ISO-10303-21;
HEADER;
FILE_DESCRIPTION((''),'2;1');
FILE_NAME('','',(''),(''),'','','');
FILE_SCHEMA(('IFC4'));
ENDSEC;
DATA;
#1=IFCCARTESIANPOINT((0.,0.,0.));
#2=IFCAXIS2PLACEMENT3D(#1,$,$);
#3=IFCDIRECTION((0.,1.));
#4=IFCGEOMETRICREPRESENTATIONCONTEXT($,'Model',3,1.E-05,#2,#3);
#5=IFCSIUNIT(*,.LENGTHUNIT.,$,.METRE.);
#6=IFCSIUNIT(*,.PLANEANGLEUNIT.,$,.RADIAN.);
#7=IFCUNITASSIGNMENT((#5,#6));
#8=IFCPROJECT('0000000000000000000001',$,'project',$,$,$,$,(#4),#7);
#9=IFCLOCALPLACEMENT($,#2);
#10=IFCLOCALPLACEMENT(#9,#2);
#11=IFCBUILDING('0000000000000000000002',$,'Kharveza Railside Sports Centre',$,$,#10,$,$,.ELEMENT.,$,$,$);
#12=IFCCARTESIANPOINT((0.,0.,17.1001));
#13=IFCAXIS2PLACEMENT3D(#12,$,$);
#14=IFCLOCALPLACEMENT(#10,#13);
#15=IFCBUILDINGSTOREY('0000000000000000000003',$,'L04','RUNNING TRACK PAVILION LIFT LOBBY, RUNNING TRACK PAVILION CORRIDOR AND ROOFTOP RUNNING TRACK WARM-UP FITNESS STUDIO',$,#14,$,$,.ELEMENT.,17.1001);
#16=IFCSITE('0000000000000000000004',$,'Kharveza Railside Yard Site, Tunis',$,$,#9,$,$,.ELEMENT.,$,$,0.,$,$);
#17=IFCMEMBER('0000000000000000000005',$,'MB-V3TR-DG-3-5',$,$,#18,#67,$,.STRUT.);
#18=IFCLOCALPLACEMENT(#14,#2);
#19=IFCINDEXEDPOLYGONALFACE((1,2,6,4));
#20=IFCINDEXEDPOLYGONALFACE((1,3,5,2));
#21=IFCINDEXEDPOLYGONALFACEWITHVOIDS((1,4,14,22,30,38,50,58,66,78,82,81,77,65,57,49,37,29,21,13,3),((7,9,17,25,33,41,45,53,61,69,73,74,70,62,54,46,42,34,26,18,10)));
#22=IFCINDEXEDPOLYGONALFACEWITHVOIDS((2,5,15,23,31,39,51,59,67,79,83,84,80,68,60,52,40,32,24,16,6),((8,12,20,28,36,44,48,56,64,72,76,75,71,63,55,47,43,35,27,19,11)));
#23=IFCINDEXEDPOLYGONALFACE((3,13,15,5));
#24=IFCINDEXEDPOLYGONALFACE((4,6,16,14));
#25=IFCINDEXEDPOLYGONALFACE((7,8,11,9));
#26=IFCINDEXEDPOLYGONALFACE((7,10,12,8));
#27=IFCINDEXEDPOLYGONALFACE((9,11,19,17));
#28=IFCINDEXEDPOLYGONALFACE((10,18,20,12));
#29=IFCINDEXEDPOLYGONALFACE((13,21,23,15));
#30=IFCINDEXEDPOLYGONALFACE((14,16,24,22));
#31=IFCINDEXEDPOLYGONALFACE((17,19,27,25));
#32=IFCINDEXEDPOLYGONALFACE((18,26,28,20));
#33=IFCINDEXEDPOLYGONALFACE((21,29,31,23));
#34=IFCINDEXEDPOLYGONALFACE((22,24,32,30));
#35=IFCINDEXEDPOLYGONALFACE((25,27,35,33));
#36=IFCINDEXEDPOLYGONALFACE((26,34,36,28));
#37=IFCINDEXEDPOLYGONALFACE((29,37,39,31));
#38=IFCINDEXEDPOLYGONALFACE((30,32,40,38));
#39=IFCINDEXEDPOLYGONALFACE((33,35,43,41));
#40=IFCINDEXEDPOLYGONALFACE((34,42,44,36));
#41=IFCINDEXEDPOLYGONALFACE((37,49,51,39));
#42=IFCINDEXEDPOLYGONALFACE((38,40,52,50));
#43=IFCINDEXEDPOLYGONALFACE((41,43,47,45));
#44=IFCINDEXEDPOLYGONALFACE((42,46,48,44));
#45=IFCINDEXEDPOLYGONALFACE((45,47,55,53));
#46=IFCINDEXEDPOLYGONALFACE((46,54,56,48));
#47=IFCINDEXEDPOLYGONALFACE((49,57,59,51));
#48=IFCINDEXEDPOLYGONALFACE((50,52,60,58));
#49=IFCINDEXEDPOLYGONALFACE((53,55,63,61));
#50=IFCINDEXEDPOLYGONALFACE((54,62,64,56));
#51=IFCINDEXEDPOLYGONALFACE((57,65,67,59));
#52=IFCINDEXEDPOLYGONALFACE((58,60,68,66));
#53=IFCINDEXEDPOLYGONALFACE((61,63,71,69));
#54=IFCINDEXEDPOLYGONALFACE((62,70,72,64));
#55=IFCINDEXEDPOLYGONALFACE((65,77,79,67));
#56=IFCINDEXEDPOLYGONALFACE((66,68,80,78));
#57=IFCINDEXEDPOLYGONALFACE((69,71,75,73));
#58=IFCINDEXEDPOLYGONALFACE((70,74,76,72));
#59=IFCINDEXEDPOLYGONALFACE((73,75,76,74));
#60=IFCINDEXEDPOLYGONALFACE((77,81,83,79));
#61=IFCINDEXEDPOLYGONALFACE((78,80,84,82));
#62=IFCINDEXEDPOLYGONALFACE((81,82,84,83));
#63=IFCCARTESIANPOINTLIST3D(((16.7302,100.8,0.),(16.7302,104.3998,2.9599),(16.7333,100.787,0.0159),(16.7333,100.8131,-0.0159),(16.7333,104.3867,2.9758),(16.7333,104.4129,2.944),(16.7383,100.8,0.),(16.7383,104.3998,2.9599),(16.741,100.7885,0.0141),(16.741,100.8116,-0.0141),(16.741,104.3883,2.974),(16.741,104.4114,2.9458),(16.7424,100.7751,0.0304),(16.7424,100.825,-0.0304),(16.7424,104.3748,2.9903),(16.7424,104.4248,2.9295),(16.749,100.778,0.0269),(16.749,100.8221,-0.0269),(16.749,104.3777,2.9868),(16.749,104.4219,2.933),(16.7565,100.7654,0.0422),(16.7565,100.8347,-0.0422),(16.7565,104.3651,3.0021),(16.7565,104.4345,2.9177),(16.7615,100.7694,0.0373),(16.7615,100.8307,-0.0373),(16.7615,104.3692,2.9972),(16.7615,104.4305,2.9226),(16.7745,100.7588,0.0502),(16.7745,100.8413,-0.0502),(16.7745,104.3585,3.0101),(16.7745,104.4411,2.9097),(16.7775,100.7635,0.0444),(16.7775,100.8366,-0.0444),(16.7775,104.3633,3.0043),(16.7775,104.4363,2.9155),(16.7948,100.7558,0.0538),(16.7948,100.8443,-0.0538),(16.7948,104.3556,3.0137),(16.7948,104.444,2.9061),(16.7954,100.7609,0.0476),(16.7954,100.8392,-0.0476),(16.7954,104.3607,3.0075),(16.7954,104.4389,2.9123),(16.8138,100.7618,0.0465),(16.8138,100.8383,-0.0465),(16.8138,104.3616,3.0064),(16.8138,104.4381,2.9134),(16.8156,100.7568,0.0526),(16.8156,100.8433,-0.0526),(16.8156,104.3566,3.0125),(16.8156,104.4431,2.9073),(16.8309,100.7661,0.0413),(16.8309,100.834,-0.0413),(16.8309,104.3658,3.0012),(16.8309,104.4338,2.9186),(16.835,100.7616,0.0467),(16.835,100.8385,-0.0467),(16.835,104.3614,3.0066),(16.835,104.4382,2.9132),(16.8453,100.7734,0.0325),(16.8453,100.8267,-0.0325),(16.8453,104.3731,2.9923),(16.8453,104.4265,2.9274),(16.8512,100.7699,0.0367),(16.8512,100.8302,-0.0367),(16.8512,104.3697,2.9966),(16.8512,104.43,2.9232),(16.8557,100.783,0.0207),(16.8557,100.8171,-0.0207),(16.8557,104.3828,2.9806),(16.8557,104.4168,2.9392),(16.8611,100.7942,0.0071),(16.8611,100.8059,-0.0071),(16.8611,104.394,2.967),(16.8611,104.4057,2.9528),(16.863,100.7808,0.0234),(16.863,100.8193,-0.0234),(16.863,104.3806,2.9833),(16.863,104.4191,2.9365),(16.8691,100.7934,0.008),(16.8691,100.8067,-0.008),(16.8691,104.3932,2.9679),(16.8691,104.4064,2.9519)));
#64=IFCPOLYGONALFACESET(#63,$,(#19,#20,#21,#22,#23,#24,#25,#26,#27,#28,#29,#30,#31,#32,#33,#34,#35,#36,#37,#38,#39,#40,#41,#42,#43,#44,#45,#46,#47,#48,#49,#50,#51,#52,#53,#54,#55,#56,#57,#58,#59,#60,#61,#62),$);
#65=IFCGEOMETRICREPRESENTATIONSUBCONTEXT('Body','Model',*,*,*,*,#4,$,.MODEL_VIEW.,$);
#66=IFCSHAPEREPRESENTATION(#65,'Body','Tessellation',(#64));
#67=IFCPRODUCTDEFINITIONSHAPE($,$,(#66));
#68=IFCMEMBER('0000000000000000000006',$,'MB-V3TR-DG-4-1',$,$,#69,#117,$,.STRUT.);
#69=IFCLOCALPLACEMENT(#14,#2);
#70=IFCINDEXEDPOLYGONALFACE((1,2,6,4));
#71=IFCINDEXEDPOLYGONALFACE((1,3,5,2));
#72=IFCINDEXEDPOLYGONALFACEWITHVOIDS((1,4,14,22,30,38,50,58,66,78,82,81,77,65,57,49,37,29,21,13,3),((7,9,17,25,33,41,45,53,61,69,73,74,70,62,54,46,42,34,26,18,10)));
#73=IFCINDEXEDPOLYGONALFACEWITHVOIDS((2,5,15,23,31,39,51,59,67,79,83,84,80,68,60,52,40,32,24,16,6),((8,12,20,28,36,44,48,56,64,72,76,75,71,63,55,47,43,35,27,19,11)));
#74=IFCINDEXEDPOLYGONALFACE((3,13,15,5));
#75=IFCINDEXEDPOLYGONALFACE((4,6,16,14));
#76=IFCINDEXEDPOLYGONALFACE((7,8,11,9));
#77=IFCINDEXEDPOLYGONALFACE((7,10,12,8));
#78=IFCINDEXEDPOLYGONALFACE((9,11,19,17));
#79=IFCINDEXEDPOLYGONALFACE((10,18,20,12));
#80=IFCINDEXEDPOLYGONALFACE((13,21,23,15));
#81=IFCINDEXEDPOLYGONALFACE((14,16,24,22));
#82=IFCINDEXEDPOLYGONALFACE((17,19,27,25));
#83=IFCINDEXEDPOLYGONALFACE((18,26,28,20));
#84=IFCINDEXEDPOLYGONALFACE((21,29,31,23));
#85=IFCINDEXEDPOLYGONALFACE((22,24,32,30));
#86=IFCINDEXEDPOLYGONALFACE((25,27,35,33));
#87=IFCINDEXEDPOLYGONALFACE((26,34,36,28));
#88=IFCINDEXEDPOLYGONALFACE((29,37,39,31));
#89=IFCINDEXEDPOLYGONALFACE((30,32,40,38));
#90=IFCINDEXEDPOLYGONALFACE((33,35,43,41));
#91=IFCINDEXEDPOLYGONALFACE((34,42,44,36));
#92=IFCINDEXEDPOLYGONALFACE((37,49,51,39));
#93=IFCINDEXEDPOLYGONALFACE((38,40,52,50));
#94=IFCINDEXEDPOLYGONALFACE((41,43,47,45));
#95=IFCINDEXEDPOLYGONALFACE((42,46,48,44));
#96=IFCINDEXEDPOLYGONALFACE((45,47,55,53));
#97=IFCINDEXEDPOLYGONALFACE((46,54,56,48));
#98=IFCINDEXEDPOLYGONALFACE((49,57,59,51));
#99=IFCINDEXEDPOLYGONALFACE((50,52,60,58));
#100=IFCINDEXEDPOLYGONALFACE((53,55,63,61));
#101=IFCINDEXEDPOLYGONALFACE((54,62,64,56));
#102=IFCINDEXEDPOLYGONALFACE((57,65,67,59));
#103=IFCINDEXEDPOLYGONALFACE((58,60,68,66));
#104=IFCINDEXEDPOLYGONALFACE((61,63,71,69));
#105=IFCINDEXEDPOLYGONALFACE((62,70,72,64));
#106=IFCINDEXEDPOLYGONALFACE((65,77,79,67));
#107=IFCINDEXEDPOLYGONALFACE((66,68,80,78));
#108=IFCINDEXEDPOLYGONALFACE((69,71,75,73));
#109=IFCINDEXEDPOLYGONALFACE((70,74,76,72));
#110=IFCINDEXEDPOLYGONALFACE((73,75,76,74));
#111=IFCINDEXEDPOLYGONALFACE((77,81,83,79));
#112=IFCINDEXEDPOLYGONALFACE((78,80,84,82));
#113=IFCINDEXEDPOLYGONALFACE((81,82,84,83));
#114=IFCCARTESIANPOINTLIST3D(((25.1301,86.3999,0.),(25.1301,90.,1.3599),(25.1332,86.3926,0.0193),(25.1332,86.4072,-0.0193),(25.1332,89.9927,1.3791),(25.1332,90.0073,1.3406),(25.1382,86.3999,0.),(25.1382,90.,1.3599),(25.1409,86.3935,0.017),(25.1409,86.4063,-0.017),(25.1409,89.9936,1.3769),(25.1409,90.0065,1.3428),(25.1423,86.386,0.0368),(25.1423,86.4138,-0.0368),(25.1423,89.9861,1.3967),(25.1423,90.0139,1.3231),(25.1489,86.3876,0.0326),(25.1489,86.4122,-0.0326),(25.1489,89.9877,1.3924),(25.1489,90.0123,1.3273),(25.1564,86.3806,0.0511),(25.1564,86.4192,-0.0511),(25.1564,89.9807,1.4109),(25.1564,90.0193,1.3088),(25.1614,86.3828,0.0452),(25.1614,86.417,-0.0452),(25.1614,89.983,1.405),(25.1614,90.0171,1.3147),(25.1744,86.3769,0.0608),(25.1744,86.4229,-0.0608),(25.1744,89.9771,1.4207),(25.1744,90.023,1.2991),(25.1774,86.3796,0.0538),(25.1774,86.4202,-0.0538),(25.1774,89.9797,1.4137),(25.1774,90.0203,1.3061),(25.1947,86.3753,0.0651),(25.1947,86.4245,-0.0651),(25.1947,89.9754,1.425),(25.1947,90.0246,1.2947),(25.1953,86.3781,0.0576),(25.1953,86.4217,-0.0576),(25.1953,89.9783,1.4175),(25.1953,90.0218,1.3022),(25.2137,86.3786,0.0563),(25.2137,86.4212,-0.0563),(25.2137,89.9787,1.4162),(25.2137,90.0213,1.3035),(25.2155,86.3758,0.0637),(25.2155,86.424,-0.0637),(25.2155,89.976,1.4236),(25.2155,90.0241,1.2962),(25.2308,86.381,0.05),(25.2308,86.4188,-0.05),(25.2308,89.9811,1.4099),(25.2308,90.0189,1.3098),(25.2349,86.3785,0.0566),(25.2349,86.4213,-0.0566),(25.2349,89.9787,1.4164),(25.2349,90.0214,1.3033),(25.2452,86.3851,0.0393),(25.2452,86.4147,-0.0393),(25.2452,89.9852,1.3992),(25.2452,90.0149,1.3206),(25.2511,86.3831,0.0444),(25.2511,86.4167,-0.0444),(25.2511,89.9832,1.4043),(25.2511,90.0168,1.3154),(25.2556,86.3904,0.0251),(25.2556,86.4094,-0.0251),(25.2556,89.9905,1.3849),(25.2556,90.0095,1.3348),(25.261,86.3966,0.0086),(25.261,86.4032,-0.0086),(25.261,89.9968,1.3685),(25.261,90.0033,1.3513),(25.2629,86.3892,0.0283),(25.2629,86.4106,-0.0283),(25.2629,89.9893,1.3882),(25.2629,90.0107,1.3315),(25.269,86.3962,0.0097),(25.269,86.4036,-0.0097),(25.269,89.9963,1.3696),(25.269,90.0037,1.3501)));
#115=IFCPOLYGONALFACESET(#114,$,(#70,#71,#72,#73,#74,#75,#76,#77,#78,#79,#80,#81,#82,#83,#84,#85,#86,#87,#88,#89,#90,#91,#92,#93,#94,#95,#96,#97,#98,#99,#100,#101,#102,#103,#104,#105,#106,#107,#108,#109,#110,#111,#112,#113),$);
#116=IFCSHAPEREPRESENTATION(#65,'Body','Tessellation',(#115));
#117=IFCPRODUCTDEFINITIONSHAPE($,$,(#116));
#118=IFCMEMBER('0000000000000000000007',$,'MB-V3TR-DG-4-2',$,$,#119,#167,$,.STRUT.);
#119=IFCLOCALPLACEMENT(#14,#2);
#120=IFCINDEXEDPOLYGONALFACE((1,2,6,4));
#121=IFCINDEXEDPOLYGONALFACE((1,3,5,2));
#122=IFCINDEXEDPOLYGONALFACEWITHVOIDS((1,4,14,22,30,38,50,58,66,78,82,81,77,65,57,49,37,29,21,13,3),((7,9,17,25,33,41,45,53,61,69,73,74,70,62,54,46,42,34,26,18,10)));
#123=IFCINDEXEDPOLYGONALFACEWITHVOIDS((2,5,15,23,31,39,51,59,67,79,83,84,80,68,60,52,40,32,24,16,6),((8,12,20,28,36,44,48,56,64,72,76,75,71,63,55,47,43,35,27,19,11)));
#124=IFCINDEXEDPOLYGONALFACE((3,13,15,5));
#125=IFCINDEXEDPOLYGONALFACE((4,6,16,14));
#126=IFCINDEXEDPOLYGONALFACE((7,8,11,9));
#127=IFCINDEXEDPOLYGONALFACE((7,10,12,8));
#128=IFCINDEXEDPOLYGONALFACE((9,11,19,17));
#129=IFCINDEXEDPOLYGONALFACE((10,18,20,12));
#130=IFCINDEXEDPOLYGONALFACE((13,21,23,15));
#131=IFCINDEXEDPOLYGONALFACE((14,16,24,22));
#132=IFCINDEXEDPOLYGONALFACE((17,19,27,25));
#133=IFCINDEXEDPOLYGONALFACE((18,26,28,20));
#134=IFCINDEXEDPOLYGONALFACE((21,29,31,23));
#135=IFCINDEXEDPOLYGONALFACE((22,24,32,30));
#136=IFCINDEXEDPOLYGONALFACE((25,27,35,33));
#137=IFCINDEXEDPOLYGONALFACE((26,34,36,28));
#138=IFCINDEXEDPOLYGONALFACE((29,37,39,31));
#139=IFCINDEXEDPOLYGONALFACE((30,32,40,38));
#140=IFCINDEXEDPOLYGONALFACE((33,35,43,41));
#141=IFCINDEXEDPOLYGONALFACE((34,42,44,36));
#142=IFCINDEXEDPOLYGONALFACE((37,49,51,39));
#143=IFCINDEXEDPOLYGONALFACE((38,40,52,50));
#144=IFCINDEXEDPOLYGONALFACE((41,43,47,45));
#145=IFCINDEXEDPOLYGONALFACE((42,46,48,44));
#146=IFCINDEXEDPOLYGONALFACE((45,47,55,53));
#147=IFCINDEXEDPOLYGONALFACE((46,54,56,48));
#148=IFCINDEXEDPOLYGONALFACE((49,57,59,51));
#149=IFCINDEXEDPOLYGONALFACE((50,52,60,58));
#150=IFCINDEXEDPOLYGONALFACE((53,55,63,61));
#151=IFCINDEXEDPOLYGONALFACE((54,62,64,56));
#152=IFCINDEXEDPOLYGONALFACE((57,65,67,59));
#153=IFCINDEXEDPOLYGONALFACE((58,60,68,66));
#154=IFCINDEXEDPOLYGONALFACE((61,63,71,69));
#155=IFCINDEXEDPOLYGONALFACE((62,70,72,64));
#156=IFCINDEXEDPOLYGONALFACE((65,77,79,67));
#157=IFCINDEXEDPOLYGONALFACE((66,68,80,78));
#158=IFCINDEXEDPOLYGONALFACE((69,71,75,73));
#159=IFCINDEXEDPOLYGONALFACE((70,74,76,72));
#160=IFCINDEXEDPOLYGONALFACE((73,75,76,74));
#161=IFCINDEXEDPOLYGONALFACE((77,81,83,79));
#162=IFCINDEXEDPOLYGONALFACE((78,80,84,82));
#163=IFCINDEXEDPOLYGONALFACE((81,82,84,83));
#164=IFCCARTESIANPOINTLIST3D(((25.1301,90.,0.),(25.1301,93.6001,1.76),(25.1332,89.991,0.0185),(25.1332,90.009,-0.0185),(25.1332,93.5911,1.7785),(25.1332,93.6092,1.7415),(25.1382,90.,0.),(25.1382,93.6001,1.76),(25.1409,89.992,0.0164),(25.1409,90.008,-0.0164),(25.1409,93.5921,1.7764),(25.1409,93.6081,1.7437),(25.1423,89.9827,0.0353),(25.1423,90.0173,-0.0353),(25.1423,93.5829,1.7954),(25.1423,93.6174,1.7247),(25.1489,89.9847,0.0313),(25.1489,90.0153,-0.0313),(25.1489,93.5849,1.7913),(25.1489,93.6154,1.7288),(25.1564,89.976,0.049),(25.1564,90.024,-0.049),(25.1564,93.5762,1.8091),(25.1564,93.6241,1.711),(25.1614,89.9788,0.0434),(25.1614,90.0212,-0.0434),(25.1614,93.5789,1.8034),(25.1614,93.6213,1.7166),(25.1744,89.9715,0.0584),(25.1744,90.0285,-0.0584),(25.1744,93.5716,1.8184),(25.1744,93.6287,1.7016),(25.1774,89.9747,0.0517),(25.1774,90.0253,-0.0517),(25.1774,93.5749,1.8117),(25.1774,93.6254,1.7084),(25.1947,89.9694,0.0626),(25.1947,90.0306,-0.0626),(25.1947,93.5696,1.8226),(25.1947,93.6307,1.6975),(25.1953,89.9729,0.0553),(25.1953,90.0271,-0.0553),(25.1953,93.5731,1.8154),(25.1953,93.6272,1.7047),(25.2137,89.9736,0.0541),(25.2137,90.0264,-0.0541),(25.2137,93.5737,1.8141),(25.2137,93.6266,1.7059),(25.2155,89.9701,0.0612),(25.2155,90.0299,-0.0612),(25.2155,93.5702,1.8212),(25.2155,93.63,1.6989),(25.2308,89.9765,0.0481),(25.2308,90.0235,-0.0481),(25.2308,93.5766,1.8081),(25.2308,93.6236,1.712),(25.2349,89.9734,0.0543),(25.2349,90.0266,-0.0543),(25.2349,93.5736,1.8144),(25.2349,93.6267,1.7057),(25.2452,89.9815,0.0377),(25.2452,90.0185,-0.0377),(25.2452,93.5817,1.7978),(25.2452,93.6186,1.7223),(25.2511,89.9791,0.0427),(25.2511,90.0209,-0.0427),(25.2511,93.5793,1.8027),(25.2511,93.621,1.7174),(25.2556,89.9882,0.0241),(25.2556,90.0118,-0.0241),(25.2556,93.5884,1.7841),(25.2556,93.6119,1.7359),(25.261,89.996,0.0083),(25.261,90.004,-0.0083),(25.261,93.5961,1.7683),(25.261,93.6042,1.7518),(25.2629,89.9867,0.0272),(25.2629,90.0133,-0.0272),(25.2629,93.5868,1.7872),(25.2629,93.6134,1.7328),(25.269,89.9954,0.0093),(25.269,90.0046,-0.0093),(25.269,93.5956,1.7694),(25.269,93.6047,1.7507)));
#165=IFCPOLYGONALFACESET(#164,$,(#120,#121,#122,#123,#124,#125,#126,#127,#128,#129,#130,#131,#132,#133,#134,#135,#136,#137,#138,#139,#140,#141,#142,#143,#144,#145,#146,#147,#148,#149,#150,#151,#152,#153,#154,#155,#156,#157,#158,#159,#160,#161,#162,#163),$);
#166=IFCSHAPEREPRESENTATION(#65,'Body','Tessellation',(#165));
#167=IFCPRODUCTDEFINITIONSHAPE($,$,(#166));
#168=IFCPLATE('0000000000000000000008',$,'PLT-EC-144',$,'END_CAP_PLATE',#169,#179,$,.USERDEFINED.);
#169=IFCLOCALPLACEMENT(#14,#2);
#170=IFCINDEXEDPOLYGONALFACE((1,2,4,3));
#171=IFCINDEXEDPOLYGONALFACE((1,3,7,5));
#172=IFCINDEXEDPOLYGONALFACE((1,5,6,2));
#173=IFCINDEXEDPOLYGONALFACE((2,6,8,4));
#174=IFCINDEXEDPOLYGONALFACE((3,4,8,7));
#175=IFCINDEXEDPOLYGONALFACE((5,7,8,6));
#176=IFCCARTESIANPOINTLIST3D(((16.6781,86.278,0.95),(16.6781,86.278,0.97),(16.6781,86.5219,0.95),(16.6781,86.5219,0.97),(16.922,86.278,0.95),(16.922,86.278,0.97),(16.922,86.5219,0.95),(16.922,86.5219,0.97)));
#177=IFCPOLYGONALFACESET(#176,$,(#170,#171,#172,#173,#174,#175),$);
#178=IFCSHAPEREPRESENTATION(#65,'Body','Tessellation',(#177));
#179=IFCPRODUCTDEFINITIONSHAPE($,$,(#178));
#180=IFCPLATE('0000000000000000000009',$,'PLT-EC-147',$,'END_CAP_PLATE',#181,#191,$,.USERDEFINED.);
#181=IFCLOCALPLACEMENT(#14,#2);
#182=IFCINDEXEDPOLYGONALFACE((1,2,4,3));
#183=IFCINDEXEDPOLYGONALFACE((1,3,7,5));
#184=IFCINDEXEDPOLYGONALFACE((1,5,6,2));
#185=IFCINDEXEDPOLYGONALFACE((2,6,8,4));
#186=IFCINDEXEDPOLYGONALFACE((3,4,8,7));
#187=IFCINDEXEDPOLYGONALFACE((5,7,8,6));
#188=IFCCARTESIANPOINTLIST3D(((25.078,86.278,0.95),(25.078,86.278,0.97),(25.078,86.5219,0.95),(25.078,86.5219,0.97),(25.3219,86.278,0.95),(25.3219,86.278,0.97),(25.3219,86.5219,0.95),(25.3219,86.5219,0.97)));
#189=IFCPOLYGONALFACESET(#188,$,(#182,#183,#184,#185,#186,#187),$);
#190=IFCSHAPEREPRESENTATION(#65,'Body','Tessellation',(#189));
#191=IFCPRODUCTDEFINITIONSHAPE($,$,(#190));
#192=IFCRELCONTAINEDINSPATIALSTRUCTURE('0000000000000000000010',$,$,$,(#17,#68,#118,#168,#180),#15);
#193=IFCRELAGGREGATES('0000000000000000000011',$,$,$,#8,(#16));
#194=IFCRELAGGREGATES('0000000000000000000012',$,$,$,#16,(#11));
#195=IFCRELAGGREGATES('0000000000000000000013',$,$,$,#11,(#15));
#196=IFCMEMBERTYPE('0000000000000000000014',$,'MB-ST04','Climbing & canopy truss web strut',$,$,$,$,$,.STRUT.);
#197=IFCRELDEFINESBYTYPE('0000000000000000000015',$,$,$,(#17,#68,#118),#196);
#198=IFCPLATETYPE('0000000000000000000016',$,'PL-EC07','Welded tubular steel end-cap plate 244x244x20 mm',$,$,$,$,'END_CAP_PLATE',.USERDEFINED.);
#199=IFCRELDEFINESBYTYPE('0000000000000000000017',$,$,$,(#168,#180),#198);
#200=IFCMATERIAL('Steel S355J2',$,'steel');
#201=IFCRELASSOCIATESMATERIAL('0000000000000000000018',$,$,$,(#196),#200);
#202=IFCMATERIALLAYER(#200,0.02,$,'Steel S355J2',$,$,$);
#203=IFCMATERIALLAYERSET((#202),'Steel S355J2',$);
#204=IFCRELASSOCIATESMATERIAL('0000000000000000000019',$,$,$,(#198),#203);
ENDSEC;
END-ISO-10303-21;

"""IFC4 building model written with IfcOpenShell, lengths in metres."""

from ifc_helpers import new_model, si_unit, direction, frame, origin, origin_2d, place, context, subcontext, project, spatial, rectangle, hollow_circle, extrude, material, layer, layer_set, material_profile, profile_set, type_object, element, save


model = new_model("IFC4")

# Units and contexts
model_context = context("Model", 3, precision=1e-05, world=origin(), true_north=direction((0.0, 1.0)))
body_context = subcontext(model_context, "Body", "Model", "MODEL_VIEW")
ifc_project = project(units=[si_unit("LENGTHUNIT", "METRE"), si_unit("PLANEANGLEUNIT", "RADIAN")], contexts=[model_context])

# Site, building, storey
site_placement = place(None, origin())
site = spatial("IfcSite", under=ifc_project, at=site_placement, Name="Kharveza Railside Yard Site, Tunis", CompositionType="ELEMENT", RefElevation=0.0)
building_placement = place(site_placement, origin())
building = spatial("IfcBuilding", under=site, at=building_placement, Name="Kharveza Railside Sports Centre", CompositionType="ELEMENT")
storey_placement = place(building_placement, frame((0.0, 0.0, 17.1001)))
storey = spatial("IfcBuildingStorey", under=building, at=storey_placement, Name="L04", Description="RUNNING TRACK PAVILION LIFT LOBBY, RUNNING TRACK PAVILION CORRIDOR AND ROOFTOP RUNNING TRACK WARM-UP FITNESS STUDIO", CompositionType="ELEMENT", Elevation=17.1001)

# Members
ifc_material_1 = material(Name="Steel S355J2", Category="steel")
ifc_material_profile_1 = material_profile(ifc_material_1, hollow_circle(Radius=0.0698, WallThickness=0.0081, at=origin_2d()), Name="CHS 139.7x8.0")
ifc_profile_set_1 = profile_set([ifc_material_profile_1], Name="Steel S355J2")
member_type_1 = type_object("IfcMemberType", Name="MB-ST04", Description="Climbing & canopy truss web strut", PredefinedType="STRUT", material=ifc_profile_set_1)
member_1_placement = place(storey_placement, frame((16.8, 100.8, 0.0), z_axis=(0.0, 0.772417, 0.635116), x_axis=(-1.0, 0.0, 0.0)))
element("IfcMember", 1, at=member_1_placement, inside=storey, type_object=member_type_1, Name="MB-V3TR-DG-3-5", PredefinedType="STRUT", context=body_context, shape_type="SweptSolid", body=[
    extrude(hollow_circle(Radius=0.0698, WallThickness=0.0081, at=origin_2d()), origin(), (0.0, 0.0, 1.0), 4.6604),
])
member_2_placement = place(storey_placement, frame((25.2, 86.3999, 0.0), z_axis=(0.0, 0.935487, 0.353361), x_axis=(-1.0, 0.0, 0.0)))
element("IfcMember", 2, at=member_2_placement, inside=storey, type_object=member_type_1, Name="MB-V3TR-DG-4-1", PredefinedType="STRUT", context=body_context, shape_type="SweptSolid", body=[
    extrude(hollow_circle(Radius=0.0698, WallThickness=0.0081, at=origin_2d()), origin(), (0.0, 0.0, 1.0), 3.8484),
])
member_3_placement = place(storey_placement, frame((25.2, 90.0, 0.0), z_axis=(0.0, 0.898388, 0.439202), x_axis=(-1.0, 0.0, 0.0)))
element("IfcMember", 3, at=member_3_placement, inside=storey, type_object=member_type_1, Name="MB-V3TR-DG-4-2", PredefinedType="STRUT", context=body_context, shape_type="SweptSolid", body=[
    extrude(hollow_circle(Radius=0.0698, WallThickness=0.0081, at=origin_2d()), origin(), (0.0, 0.0, 1.0), 4.0073),
])

# Plates
ifc_layer_1 = layer(ifc_material_1, 0.02, Name="Steel S355J2")
ifc_layer_set_1 = layer_set([ifc_layer_1], Name="Steel S355J2")
plate_type_1 = type_object("IfcPlateType", Name="PL-EC07", Description="Welded tubular steel end-cap plate 244x244x20 mm", ElementType="END_CAP_PLATE", PredefinedType="USERDEFINED", material=ifc_layer_set_1)
for number, where, z_axis, x_axis, name in (
    (4, (16.8, 86.3999, 0.95), (0.0, 0.0, 1.0), (1.0, 0.0, 0.0), "PLT-EC-144"),
    (5, (25.2, 86.3999, 0.95), (0.0, 0.0, 1.0), (1.0, 0.0, 0.0), "PLT-EC-147"),
):
    element("IfcPlate", number, at=place(storey_placement, frame(where, z_axis=z_axis, x_axis=x_axis)), inside=storey, type_object=plate_type_1, Name=name, ObjectType="END_CAP_PLATE", PredefinedType="USERDEFINED", context=body_context, shape_type="SweptSolid", body=[
        extrude(rectangle(XDim=0.2439, YDim=0.2439, at=origin_2d()), origin(), (0.0, 0.0, 1.0), 0.02),
    ])

save(model, "model.ifc")
